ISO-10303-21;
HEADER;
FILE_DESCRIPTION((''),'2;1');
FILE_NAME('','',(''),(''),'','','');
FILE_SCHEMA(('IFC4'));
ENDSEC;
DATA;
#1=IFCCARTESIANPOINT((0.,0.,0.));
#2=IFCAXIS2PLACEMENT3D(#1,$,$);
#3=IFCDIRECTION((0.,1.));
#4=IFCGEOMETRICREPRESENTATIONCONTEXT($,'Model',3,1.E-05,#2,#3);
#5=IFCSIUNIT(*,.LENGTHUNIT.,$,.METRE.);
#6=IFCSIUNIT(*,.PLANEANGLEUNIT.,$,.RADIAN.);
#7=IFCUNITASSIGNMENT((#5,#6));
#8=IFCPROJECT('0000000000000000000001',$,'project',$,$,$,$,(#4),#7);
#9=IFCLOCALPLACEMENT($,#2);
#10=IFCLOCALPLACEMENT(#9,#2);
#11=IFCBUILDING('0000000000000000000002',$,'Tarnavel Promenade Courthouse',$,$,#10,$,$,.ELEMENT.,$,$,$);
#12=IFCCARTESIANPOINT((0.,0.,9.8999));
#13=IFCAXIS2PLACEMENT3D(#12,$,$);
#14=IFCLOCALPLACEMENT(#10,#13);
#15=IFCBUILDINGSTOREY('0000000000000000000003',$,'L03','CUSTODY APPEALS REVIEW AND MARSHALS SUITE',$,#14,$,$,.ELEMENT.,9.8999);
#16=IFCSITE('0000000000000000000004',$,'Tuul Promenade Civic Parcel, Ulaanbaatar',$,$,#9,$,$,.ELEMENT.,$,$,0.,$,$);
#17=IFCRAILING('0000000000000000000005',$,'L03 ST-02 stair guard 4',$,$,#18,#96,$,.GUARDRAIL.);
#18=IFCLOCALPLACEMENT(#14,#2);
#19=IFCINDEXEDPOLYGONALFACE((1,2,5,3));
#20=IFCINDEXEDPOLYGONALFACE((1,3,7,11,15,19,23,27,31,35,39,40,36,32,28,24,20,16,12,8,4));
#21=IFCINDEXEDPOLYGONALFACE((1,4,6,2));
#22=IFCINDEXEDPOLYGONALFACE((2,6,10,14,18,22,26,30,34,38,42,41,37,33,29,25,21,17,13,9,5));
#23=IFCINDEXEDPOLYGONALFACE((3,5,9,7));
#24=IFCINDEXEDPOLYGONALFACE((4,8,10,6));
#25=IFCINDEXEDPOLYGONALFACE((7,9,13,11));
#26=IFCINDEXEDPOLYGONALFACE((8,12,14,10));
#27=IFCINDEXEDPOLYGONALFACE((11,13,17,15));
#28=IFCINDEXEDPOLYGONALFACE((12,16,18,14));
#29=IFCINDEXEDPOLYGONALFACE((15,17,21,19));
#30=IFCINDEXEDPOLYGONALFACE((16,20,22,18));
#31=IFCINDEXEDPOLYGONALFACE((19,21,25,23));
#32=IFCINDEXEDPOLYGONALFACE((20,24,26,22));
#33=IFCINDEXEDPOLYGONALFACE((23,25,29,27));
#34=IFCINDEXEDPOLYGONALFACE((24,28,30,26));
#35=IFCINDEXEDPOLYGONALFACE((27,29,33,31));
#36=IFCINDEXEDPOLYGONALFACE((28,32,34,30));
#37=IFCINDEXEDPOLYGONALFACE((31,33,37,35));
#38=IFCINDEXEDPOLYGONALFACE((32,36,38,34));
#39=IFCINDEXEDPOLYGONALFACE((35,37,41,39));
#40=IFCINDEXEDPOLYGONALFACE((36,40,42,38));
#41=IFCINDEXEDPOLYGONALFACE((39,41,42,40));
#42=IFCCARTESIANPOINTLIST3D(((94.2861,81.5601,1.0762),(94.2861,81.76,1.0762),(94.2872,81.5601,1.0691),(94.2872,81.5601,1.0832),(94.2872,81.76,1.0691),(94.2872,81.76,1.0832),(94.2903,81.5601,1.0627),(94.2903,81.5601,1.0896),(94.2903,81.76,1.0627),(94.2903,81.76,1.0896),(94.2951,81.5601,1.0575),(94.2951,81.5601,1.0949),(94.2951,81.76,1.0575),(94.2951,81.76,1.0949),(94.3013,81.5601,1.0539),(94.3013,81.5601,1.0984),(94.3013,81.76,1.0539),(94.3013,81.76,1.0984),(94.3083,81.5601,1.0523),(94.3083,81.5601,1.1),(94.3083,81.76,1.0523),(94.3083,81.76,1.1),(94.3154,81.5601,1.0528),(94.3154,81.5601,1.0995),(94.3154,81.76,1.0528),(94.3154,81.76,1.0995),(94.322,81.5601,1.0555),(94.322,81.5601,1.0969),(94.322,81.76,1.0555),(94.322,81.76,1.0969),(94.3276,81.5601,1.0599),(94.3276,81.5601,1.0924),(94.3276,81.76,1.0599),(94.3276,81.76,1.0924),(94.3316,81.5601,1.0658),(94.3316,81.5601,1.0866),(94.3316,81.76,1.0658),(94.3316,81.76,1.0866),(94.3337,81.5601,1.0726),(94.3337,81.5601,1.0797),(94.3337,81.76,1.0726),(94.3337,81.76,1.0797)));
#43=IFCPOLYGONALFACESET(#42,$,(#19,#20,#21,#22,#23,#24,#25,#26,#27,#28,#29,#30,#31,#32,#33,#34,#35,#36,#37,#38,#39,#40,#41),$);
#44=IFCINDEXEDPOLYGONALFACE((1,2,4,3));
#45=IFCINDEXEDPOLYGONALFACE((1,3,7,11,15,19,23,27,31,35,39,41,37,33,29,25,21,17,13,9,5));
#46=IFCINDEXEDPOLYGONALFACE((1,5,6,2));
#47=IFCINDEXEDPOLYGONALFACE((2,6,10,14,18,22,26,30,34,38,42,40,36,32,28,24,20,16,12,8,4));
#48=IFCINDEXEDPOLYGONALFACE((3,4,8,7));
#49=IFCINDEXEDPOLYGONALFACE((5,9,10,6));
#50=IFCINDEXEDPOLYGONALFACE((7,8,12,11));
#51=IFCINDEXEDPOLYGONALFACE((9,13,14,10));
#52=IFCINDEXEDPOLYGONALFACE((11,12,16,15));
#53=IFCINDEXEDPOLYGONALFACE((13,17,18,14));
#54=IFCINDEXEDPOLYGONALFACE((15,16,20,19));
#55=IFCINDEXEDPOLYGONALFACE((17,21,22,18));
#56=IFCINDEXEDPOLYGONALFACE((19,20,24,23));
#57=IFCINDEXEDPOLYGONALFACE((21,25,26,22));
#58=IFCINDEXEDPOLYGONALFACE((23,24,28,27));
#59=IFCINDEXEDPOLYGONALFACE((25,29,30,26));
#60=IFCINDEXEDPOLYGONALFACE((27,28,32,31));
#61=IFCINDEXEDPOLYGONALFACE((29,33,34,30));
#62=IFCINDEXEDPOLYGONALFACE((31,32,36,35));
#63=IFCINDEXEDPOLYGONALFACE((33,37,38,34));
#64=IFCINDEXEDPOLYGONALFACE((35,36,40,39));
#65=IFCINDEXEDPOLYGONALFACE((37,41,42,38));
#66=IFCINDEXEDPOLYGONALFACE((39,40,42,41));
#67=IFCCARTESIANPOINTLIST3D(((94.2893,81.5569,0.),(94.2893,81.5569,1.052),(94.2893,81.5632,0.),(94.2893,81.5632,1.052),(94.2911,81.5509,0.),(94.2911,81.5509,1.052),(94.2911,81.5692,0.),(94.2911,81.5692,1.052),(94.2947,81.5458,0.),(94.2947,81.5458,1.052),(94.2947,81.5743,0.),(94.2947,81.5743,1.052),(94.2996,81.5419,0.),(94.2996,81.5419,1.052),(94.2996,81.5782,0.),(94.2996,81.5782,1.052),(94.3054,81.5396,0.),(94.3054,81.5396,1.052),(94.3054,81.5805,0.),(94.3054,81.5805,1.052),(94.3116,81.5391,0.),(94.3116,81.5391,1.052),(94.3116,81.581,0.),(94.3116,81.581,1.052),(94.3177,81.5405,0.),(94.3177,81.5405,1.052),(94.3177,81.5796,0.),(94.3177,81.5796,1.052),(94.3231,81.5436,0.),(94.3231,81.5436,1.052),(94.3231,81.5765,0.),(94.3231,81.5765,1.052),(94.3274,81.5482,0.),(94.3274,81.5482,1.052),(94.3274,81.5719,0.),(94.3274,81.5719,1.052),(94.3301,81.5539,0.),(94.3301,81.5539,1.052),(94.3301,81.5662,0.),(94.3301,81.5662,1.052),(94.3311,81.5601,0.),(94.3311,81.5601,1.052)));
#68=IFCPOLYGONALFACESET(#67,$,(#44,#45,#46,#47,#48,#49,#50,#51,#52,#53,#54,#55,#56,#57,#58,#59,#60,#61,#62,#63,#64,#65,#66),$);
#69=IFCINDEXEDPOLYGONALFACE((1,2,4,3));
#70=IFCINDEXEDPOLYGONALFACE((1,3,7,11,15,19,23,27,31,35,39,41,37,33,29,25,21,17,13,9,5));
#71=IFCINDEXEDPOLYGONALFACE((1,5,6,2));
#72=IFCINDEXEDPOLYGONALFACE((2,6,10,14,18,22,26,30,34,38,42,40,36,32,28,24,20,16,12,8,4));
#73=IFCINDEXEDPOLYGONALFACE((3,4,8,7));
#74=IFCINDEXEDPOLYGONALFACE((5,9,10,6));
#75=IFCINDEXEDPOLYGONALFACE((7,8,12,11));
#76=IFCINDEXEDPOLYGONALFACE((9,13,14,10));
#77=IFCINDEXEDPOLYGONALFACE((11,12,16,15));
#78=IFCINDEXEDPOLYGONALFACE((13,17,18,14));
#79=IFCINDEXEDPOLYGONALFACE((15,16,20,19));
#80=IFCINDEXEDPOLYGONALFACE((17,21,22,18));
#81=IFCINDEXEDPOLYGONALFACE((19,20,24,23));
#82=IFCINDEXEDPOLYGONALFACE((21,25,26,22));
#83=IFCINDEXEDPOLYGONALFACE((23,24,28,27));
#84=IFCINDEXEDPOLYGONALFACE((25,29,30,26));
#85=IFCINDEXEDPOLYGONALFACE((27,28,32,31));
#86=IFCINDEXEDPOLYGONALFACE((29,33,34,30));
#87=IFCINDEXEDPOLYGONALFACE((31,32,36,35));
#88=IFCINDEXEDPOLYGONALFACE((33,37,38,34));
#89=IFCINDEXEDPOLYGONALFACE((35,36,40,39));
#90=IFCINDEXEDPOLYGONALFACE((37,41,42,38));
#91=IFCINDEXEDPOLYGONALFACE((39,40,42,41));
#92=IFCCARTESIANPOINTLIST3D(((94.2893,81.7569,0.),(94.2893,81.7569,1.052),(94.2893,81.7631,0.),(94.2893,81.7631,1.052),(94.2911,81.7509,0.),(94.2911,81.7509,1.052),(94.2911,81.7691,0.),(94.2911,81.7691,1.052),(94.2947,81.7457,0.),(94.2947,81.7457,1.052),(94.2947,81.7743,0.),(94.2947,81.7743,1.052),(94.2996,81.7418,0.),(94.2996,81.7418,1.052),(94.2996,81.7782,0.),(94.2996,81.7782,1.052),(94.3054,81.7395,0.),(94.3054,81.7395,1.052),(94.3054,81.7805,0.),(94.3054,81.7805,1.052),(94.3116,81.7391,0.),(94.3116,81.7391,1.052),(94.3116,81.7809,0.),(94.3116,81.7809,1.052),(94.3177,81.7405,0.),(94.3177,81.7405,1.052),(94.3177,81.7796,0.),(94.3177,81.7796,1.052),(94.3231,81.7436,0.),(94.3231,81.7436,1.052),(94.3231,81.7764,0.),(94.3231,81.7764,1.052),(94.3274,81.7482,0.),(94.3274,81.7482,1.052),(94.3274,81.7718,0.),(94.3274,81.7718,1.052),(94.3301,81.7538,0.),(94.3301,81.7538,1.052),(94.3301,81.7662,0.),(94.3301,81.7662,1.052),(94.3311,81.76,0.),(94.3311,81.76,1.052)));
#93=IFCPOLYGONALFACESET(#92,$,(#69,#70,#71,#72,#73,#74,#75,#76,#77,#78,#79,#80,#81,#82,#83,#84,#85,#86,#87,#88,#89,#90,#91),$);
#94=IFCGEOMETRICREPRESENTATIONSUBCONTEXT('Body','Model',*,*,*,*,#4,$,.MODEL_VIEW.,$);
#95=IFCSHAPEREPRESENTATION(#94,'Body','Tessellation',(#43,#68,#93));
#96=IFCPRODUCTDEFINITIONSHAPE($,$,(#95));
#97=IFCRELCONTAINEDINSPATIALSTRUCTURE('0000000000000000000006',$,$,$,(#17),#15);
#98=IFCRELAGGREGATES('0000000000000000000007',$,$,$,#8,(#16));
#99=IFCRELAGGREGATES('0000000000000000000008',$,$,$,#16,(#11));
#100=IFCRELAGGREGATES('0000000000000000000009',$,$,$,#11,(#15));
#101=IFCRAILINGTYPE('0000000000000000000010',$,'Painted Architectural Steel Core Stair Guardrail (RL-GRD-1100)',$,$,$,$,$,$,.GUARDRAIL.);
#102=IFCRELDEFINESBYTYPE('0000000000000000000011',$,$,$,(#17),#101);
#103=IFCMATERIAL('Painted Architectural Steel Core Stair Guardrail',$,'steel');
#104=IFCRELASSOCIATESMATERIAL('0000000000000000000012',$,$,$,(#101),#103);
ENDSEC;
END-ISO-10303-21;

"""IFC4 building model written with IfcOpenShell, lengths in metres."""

from ifc_helpers import new_model, si_unit, direction, frame, origin, origin_2d, place, context, subcontext, project, spatial, circle, extrude, material, type_object, element, save


model = new_model("IFC4")

# Units and contexts
model_context = context("Model", 3, precision=1e-05, world=origin(), true_north=direction((0.0, 1.0)))
body_context = subcontext(model_context, "Body", "Model", "MODEL_VIEW")
ifc_project = project(units=[si_unit("LENGTHUNIT", "METRE"), si_unit("PLANEANGLEUNIT", "RADIAN")], contexts=[model_context])

# Site, building, storey
site_placement = place(None, origin())
site = spatial("IfcSite", under=ifc_project, at=site_placement, Name="Tuul Promenade Civic Parcel, Ulaanbaatar", CompositionType="ELEMENT", RefElevation=0.0)
building_placement = place(site_placement, origin())
building = spatial("IfcBuilding", under=site, at=building_placement, Name="Tarnavel Promenade Courthouse", CompositionType="ELEMENT")
storey_placement = place(building_placement, frame((0.0, 0.0, 9.8999)))
storey = spatial("IfcBuildingStorey", under=building, at=storey_placement, Name="L03", Description="CUSTODY APPEALS REVIEW AND MARSHALS SUITE", CompositionType="ELEMENT", Elevation=9.8999)

# Railing
ifc_material_1 = material(Name="Painted Architectural Steel Core Stair Guardrail", Category="steel")
railing_type_1 = type_object("IfcRailingType", Name="Painted Architectural Steel Core Stair Guardrail (RL-GRD-1100)", PredefinedType="GUARDRAIL", material=ifc_material_1)
railing_1_placement = place(storey_placement, frame((94.3101, 81.5601, 0.0)))
element("IfcRailing", 1, at=railing_1_placement, inside=storey, type_object=railing_type_1, Name="L03 ST-02 stair guard 4", PredefinedType="GUARDRAIL", context=body_context, shape_type="SweptSolid", body=[
    extrude(circle(Radius=0.0239, at=origin_2d()), frame((0.0, 0.0, 1.0762), z_axis=(0.0, 1.0, 0.0), x_axis=(-1.0, 0.0, 0.0)), (0.0, 0.0, 1.0), 0.2),
    extrude(circle(Radius=0.021, at=origin_2d()), origin(), (0.0, 0.0, 1.0), 1.052),
    extrude(circle(Radius=0.021, at=origin_2d()), frame((0.0, 0.2, 0.0)), (0.0, 0.0, 1.0), 1.052),
])

save(model, "model.ifc")
